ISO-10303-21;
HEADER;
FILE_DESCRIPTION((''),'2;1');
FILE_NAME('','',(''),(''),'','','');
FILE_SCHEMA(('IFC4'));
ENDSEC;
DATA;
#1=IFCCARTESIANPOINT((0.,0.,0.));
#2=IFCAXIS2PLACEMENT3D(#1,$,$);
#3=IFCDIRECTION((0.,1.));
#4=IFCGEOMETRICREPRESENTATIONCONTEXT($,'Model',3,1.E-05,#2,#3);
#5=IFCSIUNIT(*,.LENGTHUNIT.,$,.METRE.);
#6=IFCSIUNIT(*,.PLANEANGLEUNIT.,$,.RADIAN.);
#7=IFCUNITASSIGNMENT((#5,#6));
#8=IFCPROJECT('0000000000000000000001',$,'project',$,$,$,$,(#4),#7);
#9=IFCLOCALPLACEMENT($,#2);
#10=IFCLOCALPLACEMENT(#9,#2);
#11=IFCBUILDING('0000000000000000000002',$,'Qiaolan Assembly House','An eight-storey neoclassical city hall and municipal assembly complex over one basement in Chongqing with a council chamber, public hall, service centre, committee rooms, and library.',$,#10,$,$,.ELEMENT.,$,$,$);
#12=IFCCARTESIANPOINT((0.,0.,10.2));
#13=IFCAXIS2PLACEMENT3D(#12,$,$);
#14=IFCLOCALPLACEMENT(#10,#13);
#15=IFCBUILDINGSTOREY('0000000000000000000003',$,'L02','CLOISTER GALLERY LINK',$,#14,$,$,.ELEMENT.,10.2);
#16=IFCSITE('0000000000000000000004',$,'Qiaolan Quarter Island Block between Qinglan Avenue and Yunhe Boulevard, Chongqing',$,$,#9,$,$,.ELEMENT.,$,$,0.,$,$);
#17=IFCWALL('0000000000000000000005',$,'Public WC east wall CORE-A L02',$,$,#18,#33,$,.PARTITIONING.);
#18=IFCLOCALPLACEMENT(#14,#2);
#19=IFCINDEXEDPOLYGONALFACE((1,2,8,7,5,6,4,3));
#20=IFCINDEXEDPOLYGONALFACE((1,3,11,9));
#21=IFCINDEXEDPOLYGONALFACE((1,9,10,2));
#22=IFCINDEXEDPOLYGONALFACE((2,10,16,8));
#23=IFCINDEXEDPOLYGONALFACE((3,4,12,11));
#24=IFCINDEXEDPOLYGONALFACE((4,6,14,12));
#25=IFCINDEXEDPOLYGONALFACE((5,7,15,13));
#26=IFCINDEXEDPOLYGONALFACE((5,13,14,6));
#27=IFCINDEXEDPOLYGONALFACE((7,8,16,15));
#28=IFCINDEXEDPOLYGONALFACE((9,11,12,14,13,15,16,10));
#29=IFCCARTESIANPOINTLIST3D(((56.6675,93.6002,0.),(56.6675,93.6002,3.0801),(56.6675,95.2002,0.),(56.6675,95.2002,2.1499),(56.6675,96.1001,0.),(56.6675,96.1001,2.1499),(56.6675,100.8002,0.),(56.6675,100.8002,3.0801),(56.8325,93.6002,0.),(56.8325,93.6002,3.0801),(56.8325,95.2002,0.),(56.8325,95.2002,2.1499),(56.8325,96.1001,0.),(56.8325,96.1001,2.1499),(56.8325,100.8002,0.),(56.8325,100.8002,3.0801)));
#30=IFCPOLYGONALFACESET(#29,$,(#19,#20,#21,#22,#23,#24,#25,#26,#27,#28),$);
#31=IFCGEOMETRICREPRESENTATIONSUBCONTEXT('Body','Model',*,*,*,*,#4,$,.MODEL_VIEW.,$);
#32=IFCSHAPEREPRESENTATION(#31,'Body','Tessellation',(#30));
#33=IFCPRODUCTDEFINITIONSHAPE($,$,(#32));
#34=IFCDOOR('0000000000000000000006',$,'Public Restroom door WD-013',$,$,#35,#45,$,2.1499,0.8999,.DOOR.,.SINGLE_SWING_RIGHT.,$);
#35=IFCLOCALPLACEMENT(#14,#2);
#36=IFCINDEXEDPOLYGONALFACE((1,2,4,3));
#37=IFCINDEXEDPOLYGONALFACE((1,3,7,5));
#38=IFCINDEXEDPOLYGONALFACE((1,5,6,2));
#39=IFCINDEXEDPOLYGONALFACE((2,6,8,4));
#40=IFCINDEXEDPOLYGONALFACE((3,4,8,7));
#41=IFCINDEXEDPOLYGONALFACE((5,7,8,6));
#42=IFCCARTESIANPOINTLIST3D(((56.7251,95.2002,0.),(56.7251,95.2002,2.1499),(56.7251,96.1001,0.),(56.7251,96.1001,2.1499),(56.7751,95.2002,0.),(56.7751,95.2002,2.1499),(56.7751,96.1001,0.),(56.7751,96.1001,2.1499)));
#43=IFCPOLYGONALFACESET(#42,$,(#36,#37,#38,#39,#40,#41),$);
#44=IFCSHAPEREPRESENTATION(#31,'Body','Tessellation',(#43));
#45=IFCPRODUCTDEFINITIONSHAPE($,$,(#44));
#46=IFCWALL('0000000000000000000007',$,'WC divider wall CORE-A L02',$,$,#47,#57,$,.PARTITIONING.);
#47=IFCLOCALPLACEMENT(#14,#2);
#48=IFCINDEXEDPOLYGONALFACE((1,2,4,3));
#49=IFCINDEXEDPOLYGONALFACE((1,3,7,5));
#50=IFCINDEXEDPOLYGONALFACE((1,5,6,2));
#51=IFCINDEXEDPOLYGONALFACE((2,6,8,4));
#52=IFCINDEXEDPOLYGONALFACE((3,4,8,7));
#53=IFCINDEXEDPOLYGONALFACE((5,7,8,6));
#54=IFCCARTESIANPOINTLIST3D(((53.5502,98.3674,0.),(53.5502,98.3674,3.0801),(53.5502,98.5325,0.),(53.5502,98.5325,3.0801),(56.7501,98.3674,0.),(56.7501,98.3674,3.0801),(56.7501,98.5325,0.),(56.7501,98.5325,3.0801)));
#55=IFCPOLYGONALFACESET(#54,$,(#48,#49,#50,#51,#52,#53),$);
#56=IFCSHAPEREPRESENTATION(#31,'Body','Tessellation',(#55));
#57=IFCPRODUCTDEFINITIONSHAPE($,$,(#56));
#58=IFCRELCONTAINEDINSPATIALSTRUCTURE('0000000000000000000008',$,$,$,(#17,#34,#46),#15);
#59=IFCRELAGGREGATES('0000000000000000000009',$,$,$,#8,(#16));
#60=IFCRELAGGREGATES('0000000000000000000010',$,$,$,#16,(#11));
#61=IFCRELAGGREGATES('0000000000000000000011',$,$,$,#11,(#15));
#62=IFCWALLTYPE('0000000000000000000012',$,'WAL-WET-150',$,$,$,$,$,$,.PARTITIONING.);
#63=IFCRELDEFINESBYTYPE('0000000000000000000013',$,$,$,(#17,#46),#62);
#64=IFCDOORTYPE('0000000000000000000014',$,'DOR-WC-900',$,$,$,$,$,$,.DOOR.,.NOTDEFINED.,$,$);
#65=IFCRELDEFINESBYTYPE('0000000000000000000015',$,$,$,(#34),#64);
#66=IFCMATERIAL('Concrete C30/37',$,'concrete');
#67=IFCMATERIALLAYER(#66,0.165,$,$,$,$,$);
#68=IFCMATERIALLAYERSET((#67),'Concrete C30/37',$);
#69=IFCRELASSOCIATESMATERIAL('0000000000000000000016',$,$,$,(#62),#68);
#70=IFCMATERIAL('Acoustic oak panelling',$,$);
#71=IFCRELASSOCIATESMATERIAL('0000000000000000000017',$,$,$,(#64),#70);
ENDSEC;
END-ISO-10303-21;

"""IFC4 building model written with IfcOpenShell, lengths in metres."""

from ifc_helpers import new_model, si_unit, direction, frame, frame_2d, origin, place, context, subcontext, project, spatial, rectangle, extrude, material, layer, layer_set, type_object, element, fill, save


model = new_model("IFC4")

# Units and contexts
model_context = context("Model", 3, precision=1e-05, world=origin(), true_north=direction((0.0, 1.0)))
body_context = subcontext(model_context, "Body", "Model", "MODEL_VIEW")
ifc_project = project(units=[si_unit("LENGTHUNIT", "METRE"), si_unit("PLANEANGLEUNIT", "RADIAN")], contexts=[model_context])

# Site, building, storey
site_placement = place(None, origin())
site = spatial("IfcSite", under=ifc_project, at=site_placement, Name="Qiaolan Quarter Island Block between Qinglan Avenue and Yunhe Boulevard, Chongqing", CompositionType="ELEMENT", RefElevation=0.0)
building_placement = place(site_placement, origin())
building = spatial("IfcBuilding", under=site, at=building_placement, Name="Qiaolan Assembly House", Description="An eight-storey neoclassical city hall and municipal assembly complex over one basement in Chongqing with a council chamber, public hall, service centre, committee rooms, and library.", CompositionType="ELEMENT")
storey_placement = place(building_placement, frame((0.0, 0.0, 10.2)))
storey = spatial("IfcBuildingStorey", under=building, at=storey_placement, Name="L02", Description="CLOISTER GALLERY LINK", CompositionType="ELEMENT", Elevation=10.2)

# Shared definitions
ifc_material_1 = material(Name="Acoustic oak panelling")

# Wall, opening, door
ifc_material_2 = material(Name="Concrete C30/37", Category="concrete")
ifc_layer_1 = layer(ifc_material_2, 0.165)
ifc_layer_set_1 = layer_set([ifc_layer_1], Name="Concrete C30/37")
wall_type_1 = type_object("IfcWallType", Name="WAL-WET-150", PredefinedType="PARTITIONING", material=ifc_layer_set_1)
wall_1_placement = place(storey_placement, frame((56.75, 93.6001, 0.0), z_axis=(0.0, 0.0, 1.0), x_axis=(0.0, 1.0, 0.0)))
wall_1 = element("IfcWall", 1, at=wall_1_placement, inside=storey, type_object=wall_type_1, Name="Public WC east wall CORE-A L02", PredefinedType="PARTITIONING", context=body_context, shape_type="SweptSolid", body=[
    extrude(rectangle(XDim=7.2, YDim=0.165, at=frame_2d((3.6001, 0.0))), origin(), (0.0, 0.0, 1.0), 3.0801),
])
opening_1_placement = place(wall_1_placement, frame((1.6001, 0.0, 0.0)))
opening_1 = element("IfcOpeningElement", 2, at=opening_1_placement, cuts=wall_1, PredefinedType="OPENING", context=body_context, shape_type="SweptSolid", body=[
    extrude(rectangle(XDim=0.8999, YDim=2.1499, at=frame_2d((0.45, 1.075))), frame((0.0, 0.0925, 0.0), z_axis=(0.0, -1.0, 0.0), x_axis=(1.0, 0.0, 0.0)), (0.0, 0.0, 1.0), 0.1851),
])
door_type_1 = type_object("IfcDoorType", Name="DOR-WC-900", OperationType="NOTDEFINED", PredefinedType="DOOR", material=ifc_material_1)
door_1_placement = place(opening_1_placement, origin())
door_1 = element("IfcDoor", 3, at=door_1_placement, inside=storey, type_object=door_type_1, Name="Public Restroom door WD-013", OperationType="SINGLE_SWING_RIGHT", OverallHeight=2.1499, OverallWidth=0.8999, PredefinedType="DOOR", context=body_context, shape_type="SweptSolid", body=[
    extrude(rectangle(XDim=0.8999, YDim=2.1499, at=frame_2d((0.45, 1.075))), frame((0.0, 0.0249, 0.0), z_axis=(0.0, -1.0, 0.0), x_axis=(1.0, 0.0, 0.0)), (0.0, 0.0, 1.0), 0.05),
])
fill(opening_1, door_1)

# Wall
wall_2_placement = place(storey_placement, frame((53.55, 98.45, 0.0), z_axis=(0.0, 0.0, 1.0), x_axis=(1.0, 0.0, 0.0)))
element("IfcWall", 4, at=wall_2_placement, inside=storey, type_object=wall_type_1, Name="WC divider wall CORE-A L02", PredefinedType="PARTITIONING", context=body_context, shape_type="SweptSolid", body=[
    extrude(rectangle(XDim=3.2, YDim=0.165, at=frame_2d((1.6001, 0.0))), origin(), (0.0, 0.0, 1.0), 3.0801),
])

save(model, "model.ifc")
